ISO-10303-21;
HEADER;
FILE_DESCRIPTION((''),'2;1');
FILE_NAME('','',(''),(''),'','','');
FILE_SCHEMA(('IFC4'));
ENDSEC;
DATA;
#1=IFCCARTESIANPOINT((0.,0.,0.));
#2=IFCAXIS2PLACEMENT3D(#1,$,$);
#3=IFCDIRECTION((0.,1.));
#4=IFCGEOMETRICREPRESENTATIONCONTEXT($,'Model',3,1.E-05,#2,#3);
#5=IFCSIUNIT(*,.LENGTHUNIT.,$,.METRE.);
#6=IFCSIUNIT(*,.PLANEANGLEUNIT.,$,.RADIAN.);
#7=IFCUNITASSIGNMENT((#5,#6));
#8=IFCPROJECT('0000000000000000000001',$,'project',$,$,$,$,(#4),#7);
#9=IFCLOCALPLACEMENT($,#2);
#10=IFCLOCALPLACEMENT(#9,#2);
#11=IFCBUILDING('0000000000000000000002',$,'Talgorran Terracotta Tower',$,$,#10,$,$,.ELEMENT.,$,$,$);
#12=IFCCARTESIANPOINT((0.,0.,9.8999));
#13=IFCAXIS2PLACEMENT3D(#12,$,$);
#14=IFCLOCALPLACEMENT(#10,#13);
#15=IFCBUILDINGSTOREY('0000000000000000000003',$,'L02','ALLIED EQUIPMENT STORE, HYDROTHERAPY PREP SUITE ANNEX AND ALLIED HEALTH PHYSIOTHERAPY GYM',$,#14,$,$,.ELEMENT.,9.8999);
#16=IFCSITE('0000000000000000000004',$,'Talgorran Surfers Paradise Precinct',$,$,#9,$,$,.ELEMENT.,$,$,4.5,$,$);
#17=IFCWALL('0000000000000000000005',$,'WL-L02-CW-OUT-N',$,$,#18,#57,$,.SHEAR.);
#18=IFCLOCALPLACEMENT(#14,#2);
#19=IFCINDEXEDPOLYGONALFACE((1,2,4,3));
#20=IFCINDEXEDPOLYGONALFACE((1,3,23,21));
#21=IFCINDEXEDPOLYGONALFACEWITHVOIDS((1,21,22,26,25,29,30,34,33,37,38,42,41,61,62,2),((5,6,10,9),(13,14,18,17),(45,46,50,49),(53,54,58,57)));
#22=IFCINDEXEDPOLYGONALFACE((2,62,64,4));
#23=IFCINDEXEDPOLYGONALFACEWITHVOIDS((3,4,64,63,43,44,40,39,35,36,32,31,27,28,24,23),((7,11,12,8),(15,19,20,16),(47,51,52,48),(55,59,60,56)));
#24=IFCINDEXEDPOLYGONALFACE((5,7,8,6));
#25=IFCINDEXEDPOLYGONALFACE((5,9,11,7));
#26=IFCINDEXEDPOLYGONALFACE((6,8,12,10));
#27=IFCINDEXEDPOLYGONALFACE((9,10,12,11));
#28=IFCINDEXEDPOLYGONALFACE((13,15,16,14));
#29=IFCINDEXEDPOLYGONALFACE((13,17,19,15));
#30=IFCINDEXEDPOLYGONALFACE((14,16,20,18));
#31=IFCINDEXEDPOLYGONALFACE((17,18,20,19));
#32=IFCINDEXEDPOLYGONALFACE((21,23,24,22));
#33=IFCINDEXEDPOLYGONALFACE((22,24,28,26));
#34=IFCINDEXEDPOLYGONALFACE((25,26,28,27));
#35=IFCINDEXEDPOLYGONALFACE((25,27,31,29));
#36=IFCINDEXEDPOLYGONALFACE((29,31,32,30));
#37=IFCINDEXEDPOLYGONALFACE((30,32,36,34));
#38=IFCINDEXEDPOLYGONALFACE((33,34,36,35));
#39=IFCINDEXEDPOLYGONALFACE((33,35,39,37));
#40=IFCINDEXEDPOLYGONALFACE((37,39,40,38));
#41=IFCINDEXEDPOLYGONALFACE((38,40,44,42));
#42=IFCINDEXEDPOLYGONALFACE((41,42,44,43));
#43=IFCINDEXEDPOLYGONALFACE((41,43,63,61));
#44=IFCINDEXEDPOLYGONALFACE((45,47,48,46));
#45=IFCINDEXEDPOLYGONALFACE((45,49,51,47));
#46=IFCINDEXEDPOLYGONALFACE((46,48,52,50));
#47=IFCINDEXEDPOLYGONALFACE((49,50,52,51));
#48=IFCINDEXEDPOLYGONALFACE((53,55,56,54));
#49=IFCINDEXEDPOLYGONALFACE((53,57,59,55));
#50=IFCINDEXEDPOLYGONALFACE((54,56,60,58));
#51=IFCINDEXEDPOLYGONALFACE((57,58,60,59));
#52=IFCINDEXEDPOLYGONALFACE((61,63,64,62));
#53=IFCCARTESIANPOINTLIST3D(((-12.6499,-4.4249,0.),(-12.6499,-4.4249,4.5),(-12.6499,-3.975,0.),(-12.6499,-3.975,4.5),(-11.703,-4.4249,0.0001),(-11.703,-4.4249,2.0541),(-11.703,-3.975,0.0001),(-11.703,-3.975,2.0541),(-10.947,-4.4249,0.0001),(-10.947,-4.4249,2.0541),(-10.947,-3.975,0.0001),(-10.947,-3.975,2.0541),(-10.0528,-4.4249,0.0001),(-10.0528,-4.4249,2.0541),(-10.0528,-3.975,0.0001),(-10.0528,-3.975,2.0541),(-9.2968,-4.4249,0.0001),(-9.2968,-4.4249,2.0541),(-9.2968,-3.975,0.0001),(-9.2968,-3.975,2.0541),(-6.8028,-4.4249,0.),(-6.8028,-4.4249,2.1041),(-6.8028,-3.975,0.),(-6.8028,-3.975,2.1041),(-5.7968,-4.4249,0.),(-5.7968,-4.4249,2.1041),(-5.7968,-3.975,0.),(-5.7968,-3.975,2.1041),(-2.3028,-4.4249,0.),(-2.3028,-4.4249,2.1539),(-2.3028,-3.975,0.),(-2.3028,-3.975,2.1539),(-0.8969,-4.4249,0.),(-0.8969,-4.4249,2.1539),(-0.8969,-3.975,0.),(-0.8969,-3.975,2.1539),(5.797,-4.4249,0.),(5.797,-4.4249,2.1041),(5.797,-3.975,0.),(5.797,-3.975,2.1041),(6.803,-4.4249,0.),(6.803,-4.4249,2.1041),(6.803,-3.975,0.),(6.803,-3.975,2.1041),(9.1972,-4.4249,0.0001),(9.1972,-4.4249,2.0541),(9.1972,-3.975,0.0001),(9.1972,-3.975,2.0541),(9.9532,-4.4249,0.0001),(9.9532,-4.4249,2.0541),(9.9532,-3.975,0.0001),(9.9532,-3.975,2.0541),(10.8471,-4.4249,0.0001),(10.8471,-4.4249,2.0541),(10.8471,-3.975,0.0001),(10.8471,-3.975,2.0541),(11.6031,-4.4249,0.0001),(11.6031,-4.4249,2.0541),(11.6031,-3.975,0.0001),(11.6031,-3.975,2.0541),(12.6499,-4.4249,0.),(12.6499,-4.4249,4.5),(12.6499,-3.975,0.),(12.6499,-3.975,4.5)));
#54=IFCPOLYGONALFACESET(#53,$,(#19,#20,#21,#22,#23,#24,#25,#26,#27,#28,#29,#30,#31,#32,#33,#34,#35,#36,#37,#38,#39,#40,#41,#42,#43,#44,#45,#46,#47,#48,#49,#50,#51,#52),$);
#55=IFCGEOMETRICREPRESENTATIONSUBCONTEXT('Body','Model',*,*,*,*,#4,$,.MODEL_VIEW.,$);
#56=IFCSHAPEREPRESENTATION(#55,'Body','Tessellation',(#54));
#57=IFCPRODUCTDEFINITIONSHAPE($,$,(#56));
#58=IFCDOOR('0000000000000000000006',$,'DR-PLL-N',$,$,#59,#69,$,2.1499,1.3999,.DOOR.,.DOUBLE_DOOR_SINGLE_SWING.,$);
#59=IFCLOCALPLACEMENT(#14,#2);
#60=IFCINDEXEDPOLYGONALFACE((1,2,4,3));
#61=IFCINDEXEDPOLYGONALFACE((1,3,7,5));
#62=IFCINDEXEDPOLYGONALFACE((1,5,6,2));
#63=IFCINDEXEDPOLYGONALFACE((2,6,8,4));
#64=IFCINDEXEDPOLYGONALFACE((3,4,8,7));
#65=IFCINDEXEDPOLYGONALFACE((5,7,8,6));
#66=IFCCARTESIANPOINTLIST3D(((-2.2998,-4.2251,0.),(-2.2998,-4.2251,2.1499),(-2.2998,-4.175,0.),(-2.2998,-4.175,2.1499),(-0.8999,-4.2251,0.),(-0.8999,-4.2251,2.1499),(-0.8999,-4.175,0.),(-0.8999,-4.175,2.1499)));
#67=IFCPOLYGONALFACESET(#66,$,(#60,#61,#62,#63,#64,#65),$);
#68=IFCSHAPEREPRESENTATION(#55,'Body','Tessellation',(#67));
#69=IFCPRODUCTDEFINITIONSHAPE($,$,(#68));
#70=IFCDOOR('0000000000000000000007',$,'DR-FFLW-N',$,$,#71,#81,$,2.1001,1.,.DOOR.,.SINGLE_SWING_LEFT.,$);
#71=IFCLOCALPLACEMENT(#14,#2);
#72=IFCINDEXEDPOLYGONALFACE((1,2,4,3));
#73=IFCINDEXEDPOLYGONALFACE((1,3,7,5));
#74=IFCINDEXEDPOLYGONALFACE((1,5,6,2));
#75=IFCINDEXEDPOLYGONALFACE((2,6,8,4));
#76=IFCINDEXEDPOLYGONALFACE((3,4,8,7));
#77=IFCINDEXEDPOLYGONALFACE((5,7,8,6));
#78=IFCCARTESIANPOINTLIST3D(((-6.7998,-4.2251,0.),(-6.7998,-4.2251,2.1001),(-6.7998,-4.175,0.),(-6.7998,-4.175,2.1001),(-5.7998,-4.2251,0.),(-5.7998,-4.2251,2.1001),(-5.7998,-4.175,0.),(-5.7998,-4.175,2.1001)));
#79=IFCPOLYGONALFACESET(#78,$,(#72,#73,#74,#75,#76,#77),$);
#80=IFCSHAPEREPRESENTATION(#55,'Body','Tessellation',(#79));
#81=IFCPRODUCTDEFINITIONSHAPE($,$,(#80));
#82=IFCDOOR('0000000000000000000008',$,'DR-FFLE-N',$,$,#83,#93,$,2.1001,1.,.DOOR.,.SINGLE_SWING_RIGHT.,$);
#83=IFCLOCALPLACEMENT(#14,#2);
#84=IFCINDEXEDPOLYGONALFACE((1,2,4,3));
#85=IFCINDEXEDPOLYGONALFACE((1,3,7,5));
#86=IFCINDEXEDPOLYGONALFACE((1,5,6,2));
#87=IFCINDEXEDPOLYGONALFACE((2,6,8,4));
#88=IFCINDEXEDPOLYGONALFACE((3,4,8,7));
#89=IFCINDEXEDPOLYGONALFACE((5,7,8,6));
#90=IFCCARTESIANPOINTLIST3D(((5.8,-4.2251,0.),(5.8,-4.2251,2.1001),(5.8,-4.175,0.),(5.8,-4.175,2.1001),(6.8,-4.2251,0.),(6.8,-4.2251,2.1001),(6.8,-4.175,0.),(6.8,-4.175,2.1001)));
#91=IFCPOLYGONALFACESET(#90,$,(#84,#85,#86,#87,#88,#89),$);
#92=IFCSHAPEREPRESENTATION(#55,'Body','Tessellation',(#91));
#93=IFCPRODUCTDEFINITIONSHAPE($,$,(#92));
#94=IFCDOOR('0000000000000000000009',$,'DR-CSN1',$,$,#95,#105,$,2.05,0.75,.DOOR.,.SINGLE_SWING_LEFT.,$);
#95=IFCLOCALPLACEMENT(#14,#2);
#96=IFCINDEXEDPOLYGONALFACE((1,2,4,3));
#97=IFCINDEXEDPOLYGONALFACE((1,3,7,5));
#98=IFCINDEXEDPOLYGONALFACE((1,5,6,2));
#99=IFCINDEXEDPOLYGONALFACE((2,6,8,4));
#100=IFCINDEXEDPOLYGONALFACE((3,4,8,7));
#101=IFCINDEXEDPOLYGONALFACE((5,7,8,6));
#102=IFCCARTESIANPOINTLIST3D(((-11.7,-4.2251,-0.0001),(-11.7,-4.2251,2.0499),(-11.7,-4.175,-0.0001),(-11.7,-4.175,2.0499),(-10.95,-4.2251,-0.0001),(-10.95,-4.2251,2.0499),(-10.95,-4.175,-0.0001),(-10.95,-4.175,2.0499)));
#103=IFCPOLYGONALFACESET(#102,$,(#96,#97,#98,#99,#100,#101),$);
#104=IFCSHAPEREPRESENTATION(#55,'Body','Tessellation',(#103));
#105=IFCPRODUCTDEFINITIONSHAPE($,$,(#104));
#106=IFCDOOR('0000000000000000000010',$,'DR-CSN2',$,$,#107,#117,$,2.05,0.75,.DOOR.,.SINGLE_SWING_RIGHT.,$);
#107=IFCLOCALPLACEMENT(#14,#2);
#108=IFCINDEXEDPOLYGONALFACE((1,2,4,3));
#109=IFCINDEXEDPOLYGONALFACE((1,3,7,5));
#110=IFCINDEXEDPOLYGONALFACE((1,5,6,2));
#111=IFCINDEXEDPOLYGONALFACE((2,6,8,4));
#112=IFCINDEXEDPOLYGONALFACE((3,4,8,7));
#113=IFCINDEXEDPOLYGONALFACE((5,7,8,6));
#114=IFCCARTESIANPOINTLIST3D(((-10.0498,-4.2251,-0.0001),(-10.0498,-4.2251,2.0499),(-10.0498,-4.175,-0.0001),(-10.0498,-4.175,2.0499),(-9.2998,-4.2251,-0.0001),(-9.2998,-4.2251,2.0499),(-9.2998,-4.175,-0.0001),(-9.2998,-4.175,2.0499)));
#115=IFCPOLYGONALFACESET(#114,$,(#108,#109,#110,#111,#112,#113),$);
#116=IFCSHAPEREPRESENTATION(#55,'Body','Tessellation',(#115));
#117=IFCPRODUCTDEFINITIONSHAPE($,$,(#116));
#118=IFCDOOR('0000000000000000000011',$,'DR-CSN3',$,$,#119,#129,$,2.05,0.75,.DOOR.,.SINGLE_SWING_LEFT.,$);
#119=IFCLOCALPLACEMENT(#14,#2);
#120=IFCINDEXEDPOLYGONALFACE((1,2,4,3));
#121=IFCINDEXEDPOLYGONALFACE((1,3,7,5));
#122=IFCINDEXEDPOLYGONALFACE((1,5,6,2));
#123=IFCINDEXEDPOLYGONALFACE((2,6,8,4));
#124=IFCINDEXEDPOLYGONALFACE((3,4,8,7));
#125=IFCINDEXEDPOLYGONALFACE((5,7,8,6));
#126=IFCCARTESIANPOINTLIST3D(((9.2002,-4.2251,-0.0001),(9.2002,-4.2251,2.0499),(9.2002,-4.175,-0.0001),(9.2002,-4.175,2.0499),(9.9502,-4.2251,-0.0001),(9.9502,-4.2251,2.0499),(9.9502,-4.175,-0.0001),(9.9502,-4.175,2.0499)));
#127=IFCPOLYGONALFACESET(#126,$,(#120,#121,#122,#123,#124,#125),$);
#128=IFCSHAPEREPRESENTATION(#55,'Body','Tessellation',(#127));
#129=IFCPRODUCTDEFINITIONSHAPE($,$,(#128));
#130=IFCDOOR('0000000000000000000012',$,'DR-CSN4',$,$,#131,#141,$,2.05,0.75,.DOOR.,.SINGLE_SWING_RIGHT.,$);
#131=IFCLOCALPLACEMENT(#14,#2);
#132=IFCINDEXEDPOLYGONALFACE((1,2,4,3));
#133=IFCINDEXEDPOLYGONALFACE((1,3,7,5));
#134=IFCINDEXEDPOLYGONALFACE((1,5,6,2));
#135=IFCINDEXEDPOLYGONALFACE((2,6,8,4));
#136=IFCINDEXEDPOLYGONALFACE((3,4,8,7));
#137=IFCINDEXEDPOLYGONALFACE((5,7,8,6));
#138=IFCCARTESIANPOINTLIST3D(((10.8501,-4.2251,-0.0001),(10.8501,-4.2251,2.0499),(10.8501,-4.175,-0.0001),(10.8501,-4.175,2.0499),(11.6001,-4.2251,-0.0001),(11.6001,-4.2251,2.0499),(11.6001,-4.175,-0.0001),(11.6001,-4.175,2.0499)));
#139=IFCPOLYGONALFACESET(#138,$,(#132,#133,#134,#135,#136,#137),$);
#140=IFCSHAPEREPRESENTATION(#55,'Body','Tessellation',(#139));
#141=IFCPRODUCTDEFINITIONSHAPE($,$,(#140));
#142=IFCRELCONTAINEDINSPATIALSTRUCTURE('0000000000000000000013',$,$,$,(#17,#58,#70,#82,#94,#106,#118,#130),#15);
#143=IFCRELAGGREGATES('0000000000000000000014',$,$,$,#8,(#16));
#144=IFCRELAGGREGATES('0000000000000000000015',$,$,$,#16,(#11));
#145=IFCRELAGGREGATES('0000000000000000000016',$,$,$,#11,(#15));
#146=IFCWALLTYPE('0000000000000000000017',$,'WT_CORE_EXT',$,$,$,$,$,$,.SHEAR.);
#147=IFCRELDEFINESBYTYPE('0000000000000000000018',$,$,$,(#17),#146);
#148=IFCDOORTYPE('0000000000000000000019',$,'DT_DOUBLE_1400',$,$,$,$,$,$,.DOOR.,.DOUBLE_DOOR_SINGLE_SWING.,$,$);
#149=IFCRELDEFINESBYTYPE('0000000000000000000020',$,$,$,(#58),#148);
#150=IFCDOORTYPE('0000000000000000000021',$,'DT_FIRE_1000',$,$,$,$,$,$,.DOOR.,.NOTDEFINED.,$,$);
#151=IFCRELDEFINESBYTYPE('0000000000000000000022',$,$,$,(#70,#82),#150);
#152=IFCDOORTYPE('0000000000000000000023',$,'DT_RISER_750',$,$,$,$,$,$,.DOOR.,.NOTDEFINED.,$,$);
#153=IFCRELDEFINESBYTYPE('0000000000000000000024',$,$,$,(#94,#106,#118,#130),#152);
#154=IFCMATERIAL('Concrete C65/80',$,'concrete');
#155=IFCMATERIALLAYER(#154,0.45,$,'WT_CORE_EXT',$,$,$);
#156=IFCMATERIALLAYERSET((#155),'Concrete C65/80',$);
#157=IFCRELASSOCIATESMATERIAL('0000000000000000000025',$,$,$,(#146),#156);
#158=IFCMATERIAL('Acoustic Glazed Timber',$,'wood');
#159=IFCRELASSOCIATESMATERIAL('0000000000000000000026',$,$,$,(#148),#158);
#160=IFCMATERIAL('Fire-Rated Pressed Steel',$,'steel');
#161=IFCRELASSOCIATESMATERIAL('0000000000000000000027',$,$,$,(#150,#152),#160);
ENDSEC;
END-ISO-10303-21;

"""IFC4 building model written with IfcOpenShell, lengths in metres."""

from ifc_helpers import new_model, si_unit, direction, frame, frame_2d, origin, place, context, subcontext, project, spatial, rectangle, extrude, material, layer, layer_set, type_object, element, fill, save


model = new_model("IFC4")

# Units and contexts
model_context = context("Model", 3, precision=1e-05, world=origin(), true_north=direction((0.0, 1.0)))
body_context = subcontext(model_context, "Body", "Model", "MODEL_VIEW")
ifc_project = project(units=[si_unit("LENGTHUNIT", "METRE"), si_unit("PLANEANGLEUNIT", "RADIAN")], contexts=[model_context])

# Site, building, storey
site_placement = place(None, origin())
site = spatial("IfcSite", under=ifc_project, at=site_placement, Name="Talgorran Surfers Paradise Precinct", CompositionType="ELEMENT", RefElevation=4.5)
building_placement = place(site_placement, origin())
building = spatial("IfcBuilding", under=site, at=building_placement, Name="Talgorran Terracotta Tower", CompositionType="ELEMENT")
storey_placement = place(building_placement, frame((0.0, 0.0, 9.8999)))
storey = spatial("IfcBuildingStorey", under=building, at=storey_placement, Name="L02", Description="ALLIED EQUIPMENT STORE, HYDROTHERAPY PREP SUITE ANNEX AND ALLIED HEALTH PHYSIOTHERAPY GYM", CompositionType="ELEMENT", Elevation=9.8999)

# Wall, openings, doors
ifc_material_1 = material(Name="Concrete C65/80", Category="concrete")
ifc_layer_1 = layer(ifc_material_1, 0.45, Name="WT_CORE_EXT")
ifc_layer_set_1 = layer_set([ifc_layer_1], Name="Concrete C65/80")
wall_type_1 = type_object("IfcWallType", Name="WT_CORE_EXT", PredefinedType="SHEAR", material=ifc_layer_set_1)
wall_1_placement = place(storey_placement, frame((-12.6499, -4.2, 0.0), z_axis=(0.0, 0.0, 1.0), x_axis=(1.0, 0.0, 0.0)))
wall_1 = element("IfcWall", 1, at=wall_1_placement, inside=storey, type_object=wall_type_1, Name="WL-L02-CW-OUT-N", PredefinedType="SHEAR", context=body_context, shape_type="SweptSolid", body=[
    extrude(rectangle(XDim=25.2998, YDim=0.45, at=frame_2d((12.6499, 0.0))), origin(), (0.0, 0.0, 1.0), 4.5),
])
opening_1_placement = place(wall_1_placement, frame((0.95, 0.0, 0.0)))
opening_1 = element("IfcOpeningElement", 2, at=opening_1_placement, cuts=wall_1, PredefinedType="OPENING", context=body_context, shape_type="SweptSolid", body=[
    extrude(rectangle(XDim=0.756, YDim=2.054, at=frame_2d((0.375, 1.0271))), frame((0.0, 0.2349, 0.0), z_axis=(0.0, -1.0, 0.0), x_axis=(1.0, 0.0, 0.0)), (0.0, 0.0, 1.0), 0.47),
])
opening_2_placement = place(wall_1_placement, frame((2.6001, 0.0, 0.0)))
opening_2 = element("IfcOpeningElement", 3, at=opening_2_placement, cuts=wall_1, PredefinedType="OPENING", context=body_context, shape_type="SweptSolid", body=[
    extrude(rectangle(XDim=0.756, YDim=2.054, at=frame_2d((0.375, 1.0271))), frame((0.0, 0.2349, 0.0), z_axis=(0.0, -1.0, 0.0), x_axis=(1.0, 0.0, 0.0)), (0.0, 0.0, 1.0), 0.47),
])
opening_3_placement = place(wall_1_placement, frame((21.8501, 0.0, 0.0)))
opening_3 = element("IfcOpeningElement", 4, at=opening_3_placement, cuts=wall_1, PredefinedType="OPENING", context=body_context, shape_type="SweptSolid", body=[
    extrude(rectangle(XDim=0.756, YDim=2.054, at=frame_2d((0.375, 1.0271))), frame((0.0, 0.2349, 0.0), z_axis=(0.0, -1.0, 0.0), x_axis=(1.0, 0.0, 0.0)), (0.0, 0.0, 1.0), 0.47),
])
opening_4_placement = place(wall_1_placement, frame((23.5, 0.0, 0.0)))
opening_4 = element("IfcOpeningElement", 5, at=opening_4_placement, cuts=wall_1, PredefinedType="OPENING", context=body_context, shape_type="SweptSolid", body=[
    extrude(rectangle(XDim=0.756, YDim=2.054, at=frame_2d((0.375, 1.0271))), frame((0.0, 0.2349, 0.0), z_axis=(0.0, -1.0, 0.0), x_axis=(1.0, 0.0, 0.0)), (0.0, 0.0, 1.0), 0.47),
])
opening_5_placement = place(wall_1_placement, frame((5.8501, 0.0, 0.0)))
opening_5 = element("IfcOpeningElement", 6, at=opening_5_placement, cuts=wall_1, PredefinedType="OPENING", context=body_context, shape_type="SweptSolid", body=[
    extrude(rectangle(XDim=1.006, YDim=2.1041, at=frame_2d((0.5, 1.052))), frame((0.0, 0.2349, 0.0), z_axis=(0.0, -1.0, 0.0), x_axis=(1.0, 0.0, 0.0)), (0.0, 0.0, 1.0), 0.47),
])
opening_6_placement = place(wall_1_placement, frame((10.3501, 0.0, 0.0)))
opening_6 = element("IfcOpeningElement", 7, at=opening_6_placement, cuts=wall_1, PredefinedType="OPENING", context=body_context, shape_type="SweptSolid", body=[
    extrude(rectangle(XDim=1.4059, YDim=2.1539, at=frame_2d((0.7, 1.0769))), frame((0.0, 0.2349, 0.0), z_axis=(0.0, -1.0, 0.0), x_axis=(1.0, 0.0, 0.0)), (0.0, 0.0, 1.0), 0.47),
])
opening_7_placement = place(wall_1_placement, frame((18.45, 0.0, 0.0)))
opening_7 = element("IfcOpeningElement", 8, at=opening_7_placement, cuts=wall_1, PredefinedType="OPENING", context=body_context, shape_type="SweptSolid", body=[
    extrude(rectangle(XDim=1.006, YDim=2.1041, at=frame_2d((0.5, 1.052))), frame((0.0, 0.2349, 0.0), z_axis=(0.0, -1.0, 0.0), x_axis=(1.0, 0.0, 0.0)), (0.0, 0.0, 1.0), 0.47),
])
ifc_material_2 = material(Name="Acoustic Glazed Timber", Category="wood")
door_type_1 = type_object("IfcDoorType", Name="DT_DOUBLE_1400", OperationType="DOUBLE_DOOR_SINGLE_SWING", PredefinedType="DOOR", material=ifc_material_2)
door_1_placement = place(opening_6_placement, origin())
door_1 = element("IfcDoor", 9, at=door_1_placement, inside=storey, type_object=door_type_1, Name="DR-PLL-N", OperationType="DOUBLE_DOOR_SINGLE_SWING", OverallHeight=2.1499, OverallWidth=1.3999, PredefinedType="DOOR", context=body_context, shape_type="SweptSolid", body=[
    extrude(rectangle(XDim=1.3999, YDim=2.1499, at=frame_2d((0.7, 1.075))), frame((0.0, 0.0249, 0.0), z_axis=(0.0, -1.0, 0.0), x_axis=(1.0, 0.0, 0.0)), (0.0, 0.0, 1.0), 0.05),
])
fill(opening_6, door_1)
ifc_material_3 = material(Name="Fire-Rated Pressed Steel", Category="steel")
door_type_2 = type_object("IfcDoorType", Name="DT_FIRE_1000", OperationType="NOTDEFINED", PredefinedType="DOOR", material=ifc_material_3)
door_2_placement = place(opening_5_placement, origin())
door_2 = element("IfcDoor", 10, at=door_2_placement, inside=storey, type_object=door_type_2, Name="DR-FFLW-N", OperationType="SINGLE_SWING_LEFT", OverallHeight=2.1001, OverallWidth=1.0, PredefinedType="DOOR", context=body_context, shape_type="SweptSolid", body=[
    extrude(rectangle(XDim=1.0, YDim=2.1001, at=frame_2d((0.5, 1.05))), frame((0.0, 0.0249, 0.0), z_axis=(0.0, -1.0, 0.0), x_axis=(1.0, 0.0, 0.0)), (0.0, 0.0, 1.0), 0.05),
])
fill(opening_5, door_2)
door_3_placement = place(opening_7_placement, origin())
door_3 = element("IfcDoor", 11, at=door_3_placement, inside=storey, type_object=door_type_2, Name="DR-FFLE-N", OperationType="SINGLE_SWING_RIGHT", OverallHeight=2.1001, OverallWidth=1.0, PredefinedType="DOOR", context=body_context, shape_type="SweptSolid", body=[
    extrude(rectangle(XDim=1.0, YDim=2.1001, at=frame_2d((0.5, 1.05))), frame((0.0, 0.0249, 0.0), z_axis=(0.0, -1.0, 0.0), x_axis=(1.0, 0.0, 0.0)), (0.0, 0.0, 1.0), 0.05),
])
fill(opening_7, door_3)
door_type_3 = type_object("IfcDoorType", Name="DT_RISER_750", OperationType="NOTDEFINED", PredefinedType="DOOR", material=ifc_material_3)
door_4_placement = place(opening_1_placement, origin())
door_4 = element("IfcDoor", 12, at=door_4_placement, inside=storey, type_object=door_type_3, Name="DR-CSN1", OperationType="SINGLE_SWING_LEFT", OverallHeight=2.05, OverallWidth=0.75, PredefinedType="DOOR", context=body_context, shape_type="SweptSolid", body=[
    extrude(rectangle(XDim=0.75, YDim=2.05, at=frame_2d((0.375, 1.0249))), frame((0.0, 0.0249, 0.0), z_axis=(0.0, -1.0, 0.0), x_axis=(1.0, 0.0, 0.0)), (0.0, 0.0, 1.0), 0.05),
])
fill(opening_1, door_4)
door_5_placement = place(opening_2_placement, origin())
door_5 = element("IfcDoor", 13, at=door_5_placement, inside=storey, type_object=door_type_3, Name="DR-CSN2", OperationType="SINGLE_SWING_RIGHT", OverallHeight=2.05, OverallWidth=0.75, PredefinedType="DOOR", context=body_context, shape_type="SweptSolid", body=[
    extrude(rectangle(XDim=0.75, YDim=2.05, at=frame_2d((0.375, 1.0249))), frame((0.0, 0.0249, 0.0), z_axis=(0.0, -1.0, 0.0), x_axis=(1.0, 0.0, 0.0)), (0.0, 0.0, 1.0), 0.05),
])
fill(opening_2, door_5)
door_6_placement = place(opening_3_placement, origin())
door_6 = element("IfcDoor", 14, at=door_6_placement, inside=storey, type_object=door_type_3, Name="DR-CSN3", OperationType="SINGLE_SWING_LEFT", OverallHeight=2.05, OverallWidth=0.75, PredefinedType="DOOR", context=body_context, shape_type="SweptSolid", body=[
    extrude(rectangle(XDim=0.75, YDim=2.05, at=frame_2d((0.375, 1.0249))), frame((0.0, 0.0249, 0.0), z_axis=(0.0, -1.0, 0.0), x_axis=(1.0, 0.0, 0.0)), (0.0, 0.0, 1.0), 0.05),
])
fill(opening_3, door_6)
door_7_placement = place(opening_4_placement, origin())
door_7 = element("IfcDoor", 15, at=door_7_placement, inside=storey, type_object=door_type_3, Name="DR-CSN4", OperationType="SINGLE_SWING_RIGHT", OverallHeight=2.05, OverallWidth=0.75, PredefinedType="DOOR", context=body_context, shape_type="SweptSolid", body=[
    extrude(rectangle(XDim=0.75, YDim=2.05, at=frame_2d((0.375, 1.0249))), frame((0.0, 0.0249, 0.0), z_axis=(0.0, -1.0, 0.0), x_axis=(1.0, 0.0, 0.0)), (0.0, 0.0, 1.0), 0.05),
])
fill(opening_4, door_7)

save(model, "model.ifc")
